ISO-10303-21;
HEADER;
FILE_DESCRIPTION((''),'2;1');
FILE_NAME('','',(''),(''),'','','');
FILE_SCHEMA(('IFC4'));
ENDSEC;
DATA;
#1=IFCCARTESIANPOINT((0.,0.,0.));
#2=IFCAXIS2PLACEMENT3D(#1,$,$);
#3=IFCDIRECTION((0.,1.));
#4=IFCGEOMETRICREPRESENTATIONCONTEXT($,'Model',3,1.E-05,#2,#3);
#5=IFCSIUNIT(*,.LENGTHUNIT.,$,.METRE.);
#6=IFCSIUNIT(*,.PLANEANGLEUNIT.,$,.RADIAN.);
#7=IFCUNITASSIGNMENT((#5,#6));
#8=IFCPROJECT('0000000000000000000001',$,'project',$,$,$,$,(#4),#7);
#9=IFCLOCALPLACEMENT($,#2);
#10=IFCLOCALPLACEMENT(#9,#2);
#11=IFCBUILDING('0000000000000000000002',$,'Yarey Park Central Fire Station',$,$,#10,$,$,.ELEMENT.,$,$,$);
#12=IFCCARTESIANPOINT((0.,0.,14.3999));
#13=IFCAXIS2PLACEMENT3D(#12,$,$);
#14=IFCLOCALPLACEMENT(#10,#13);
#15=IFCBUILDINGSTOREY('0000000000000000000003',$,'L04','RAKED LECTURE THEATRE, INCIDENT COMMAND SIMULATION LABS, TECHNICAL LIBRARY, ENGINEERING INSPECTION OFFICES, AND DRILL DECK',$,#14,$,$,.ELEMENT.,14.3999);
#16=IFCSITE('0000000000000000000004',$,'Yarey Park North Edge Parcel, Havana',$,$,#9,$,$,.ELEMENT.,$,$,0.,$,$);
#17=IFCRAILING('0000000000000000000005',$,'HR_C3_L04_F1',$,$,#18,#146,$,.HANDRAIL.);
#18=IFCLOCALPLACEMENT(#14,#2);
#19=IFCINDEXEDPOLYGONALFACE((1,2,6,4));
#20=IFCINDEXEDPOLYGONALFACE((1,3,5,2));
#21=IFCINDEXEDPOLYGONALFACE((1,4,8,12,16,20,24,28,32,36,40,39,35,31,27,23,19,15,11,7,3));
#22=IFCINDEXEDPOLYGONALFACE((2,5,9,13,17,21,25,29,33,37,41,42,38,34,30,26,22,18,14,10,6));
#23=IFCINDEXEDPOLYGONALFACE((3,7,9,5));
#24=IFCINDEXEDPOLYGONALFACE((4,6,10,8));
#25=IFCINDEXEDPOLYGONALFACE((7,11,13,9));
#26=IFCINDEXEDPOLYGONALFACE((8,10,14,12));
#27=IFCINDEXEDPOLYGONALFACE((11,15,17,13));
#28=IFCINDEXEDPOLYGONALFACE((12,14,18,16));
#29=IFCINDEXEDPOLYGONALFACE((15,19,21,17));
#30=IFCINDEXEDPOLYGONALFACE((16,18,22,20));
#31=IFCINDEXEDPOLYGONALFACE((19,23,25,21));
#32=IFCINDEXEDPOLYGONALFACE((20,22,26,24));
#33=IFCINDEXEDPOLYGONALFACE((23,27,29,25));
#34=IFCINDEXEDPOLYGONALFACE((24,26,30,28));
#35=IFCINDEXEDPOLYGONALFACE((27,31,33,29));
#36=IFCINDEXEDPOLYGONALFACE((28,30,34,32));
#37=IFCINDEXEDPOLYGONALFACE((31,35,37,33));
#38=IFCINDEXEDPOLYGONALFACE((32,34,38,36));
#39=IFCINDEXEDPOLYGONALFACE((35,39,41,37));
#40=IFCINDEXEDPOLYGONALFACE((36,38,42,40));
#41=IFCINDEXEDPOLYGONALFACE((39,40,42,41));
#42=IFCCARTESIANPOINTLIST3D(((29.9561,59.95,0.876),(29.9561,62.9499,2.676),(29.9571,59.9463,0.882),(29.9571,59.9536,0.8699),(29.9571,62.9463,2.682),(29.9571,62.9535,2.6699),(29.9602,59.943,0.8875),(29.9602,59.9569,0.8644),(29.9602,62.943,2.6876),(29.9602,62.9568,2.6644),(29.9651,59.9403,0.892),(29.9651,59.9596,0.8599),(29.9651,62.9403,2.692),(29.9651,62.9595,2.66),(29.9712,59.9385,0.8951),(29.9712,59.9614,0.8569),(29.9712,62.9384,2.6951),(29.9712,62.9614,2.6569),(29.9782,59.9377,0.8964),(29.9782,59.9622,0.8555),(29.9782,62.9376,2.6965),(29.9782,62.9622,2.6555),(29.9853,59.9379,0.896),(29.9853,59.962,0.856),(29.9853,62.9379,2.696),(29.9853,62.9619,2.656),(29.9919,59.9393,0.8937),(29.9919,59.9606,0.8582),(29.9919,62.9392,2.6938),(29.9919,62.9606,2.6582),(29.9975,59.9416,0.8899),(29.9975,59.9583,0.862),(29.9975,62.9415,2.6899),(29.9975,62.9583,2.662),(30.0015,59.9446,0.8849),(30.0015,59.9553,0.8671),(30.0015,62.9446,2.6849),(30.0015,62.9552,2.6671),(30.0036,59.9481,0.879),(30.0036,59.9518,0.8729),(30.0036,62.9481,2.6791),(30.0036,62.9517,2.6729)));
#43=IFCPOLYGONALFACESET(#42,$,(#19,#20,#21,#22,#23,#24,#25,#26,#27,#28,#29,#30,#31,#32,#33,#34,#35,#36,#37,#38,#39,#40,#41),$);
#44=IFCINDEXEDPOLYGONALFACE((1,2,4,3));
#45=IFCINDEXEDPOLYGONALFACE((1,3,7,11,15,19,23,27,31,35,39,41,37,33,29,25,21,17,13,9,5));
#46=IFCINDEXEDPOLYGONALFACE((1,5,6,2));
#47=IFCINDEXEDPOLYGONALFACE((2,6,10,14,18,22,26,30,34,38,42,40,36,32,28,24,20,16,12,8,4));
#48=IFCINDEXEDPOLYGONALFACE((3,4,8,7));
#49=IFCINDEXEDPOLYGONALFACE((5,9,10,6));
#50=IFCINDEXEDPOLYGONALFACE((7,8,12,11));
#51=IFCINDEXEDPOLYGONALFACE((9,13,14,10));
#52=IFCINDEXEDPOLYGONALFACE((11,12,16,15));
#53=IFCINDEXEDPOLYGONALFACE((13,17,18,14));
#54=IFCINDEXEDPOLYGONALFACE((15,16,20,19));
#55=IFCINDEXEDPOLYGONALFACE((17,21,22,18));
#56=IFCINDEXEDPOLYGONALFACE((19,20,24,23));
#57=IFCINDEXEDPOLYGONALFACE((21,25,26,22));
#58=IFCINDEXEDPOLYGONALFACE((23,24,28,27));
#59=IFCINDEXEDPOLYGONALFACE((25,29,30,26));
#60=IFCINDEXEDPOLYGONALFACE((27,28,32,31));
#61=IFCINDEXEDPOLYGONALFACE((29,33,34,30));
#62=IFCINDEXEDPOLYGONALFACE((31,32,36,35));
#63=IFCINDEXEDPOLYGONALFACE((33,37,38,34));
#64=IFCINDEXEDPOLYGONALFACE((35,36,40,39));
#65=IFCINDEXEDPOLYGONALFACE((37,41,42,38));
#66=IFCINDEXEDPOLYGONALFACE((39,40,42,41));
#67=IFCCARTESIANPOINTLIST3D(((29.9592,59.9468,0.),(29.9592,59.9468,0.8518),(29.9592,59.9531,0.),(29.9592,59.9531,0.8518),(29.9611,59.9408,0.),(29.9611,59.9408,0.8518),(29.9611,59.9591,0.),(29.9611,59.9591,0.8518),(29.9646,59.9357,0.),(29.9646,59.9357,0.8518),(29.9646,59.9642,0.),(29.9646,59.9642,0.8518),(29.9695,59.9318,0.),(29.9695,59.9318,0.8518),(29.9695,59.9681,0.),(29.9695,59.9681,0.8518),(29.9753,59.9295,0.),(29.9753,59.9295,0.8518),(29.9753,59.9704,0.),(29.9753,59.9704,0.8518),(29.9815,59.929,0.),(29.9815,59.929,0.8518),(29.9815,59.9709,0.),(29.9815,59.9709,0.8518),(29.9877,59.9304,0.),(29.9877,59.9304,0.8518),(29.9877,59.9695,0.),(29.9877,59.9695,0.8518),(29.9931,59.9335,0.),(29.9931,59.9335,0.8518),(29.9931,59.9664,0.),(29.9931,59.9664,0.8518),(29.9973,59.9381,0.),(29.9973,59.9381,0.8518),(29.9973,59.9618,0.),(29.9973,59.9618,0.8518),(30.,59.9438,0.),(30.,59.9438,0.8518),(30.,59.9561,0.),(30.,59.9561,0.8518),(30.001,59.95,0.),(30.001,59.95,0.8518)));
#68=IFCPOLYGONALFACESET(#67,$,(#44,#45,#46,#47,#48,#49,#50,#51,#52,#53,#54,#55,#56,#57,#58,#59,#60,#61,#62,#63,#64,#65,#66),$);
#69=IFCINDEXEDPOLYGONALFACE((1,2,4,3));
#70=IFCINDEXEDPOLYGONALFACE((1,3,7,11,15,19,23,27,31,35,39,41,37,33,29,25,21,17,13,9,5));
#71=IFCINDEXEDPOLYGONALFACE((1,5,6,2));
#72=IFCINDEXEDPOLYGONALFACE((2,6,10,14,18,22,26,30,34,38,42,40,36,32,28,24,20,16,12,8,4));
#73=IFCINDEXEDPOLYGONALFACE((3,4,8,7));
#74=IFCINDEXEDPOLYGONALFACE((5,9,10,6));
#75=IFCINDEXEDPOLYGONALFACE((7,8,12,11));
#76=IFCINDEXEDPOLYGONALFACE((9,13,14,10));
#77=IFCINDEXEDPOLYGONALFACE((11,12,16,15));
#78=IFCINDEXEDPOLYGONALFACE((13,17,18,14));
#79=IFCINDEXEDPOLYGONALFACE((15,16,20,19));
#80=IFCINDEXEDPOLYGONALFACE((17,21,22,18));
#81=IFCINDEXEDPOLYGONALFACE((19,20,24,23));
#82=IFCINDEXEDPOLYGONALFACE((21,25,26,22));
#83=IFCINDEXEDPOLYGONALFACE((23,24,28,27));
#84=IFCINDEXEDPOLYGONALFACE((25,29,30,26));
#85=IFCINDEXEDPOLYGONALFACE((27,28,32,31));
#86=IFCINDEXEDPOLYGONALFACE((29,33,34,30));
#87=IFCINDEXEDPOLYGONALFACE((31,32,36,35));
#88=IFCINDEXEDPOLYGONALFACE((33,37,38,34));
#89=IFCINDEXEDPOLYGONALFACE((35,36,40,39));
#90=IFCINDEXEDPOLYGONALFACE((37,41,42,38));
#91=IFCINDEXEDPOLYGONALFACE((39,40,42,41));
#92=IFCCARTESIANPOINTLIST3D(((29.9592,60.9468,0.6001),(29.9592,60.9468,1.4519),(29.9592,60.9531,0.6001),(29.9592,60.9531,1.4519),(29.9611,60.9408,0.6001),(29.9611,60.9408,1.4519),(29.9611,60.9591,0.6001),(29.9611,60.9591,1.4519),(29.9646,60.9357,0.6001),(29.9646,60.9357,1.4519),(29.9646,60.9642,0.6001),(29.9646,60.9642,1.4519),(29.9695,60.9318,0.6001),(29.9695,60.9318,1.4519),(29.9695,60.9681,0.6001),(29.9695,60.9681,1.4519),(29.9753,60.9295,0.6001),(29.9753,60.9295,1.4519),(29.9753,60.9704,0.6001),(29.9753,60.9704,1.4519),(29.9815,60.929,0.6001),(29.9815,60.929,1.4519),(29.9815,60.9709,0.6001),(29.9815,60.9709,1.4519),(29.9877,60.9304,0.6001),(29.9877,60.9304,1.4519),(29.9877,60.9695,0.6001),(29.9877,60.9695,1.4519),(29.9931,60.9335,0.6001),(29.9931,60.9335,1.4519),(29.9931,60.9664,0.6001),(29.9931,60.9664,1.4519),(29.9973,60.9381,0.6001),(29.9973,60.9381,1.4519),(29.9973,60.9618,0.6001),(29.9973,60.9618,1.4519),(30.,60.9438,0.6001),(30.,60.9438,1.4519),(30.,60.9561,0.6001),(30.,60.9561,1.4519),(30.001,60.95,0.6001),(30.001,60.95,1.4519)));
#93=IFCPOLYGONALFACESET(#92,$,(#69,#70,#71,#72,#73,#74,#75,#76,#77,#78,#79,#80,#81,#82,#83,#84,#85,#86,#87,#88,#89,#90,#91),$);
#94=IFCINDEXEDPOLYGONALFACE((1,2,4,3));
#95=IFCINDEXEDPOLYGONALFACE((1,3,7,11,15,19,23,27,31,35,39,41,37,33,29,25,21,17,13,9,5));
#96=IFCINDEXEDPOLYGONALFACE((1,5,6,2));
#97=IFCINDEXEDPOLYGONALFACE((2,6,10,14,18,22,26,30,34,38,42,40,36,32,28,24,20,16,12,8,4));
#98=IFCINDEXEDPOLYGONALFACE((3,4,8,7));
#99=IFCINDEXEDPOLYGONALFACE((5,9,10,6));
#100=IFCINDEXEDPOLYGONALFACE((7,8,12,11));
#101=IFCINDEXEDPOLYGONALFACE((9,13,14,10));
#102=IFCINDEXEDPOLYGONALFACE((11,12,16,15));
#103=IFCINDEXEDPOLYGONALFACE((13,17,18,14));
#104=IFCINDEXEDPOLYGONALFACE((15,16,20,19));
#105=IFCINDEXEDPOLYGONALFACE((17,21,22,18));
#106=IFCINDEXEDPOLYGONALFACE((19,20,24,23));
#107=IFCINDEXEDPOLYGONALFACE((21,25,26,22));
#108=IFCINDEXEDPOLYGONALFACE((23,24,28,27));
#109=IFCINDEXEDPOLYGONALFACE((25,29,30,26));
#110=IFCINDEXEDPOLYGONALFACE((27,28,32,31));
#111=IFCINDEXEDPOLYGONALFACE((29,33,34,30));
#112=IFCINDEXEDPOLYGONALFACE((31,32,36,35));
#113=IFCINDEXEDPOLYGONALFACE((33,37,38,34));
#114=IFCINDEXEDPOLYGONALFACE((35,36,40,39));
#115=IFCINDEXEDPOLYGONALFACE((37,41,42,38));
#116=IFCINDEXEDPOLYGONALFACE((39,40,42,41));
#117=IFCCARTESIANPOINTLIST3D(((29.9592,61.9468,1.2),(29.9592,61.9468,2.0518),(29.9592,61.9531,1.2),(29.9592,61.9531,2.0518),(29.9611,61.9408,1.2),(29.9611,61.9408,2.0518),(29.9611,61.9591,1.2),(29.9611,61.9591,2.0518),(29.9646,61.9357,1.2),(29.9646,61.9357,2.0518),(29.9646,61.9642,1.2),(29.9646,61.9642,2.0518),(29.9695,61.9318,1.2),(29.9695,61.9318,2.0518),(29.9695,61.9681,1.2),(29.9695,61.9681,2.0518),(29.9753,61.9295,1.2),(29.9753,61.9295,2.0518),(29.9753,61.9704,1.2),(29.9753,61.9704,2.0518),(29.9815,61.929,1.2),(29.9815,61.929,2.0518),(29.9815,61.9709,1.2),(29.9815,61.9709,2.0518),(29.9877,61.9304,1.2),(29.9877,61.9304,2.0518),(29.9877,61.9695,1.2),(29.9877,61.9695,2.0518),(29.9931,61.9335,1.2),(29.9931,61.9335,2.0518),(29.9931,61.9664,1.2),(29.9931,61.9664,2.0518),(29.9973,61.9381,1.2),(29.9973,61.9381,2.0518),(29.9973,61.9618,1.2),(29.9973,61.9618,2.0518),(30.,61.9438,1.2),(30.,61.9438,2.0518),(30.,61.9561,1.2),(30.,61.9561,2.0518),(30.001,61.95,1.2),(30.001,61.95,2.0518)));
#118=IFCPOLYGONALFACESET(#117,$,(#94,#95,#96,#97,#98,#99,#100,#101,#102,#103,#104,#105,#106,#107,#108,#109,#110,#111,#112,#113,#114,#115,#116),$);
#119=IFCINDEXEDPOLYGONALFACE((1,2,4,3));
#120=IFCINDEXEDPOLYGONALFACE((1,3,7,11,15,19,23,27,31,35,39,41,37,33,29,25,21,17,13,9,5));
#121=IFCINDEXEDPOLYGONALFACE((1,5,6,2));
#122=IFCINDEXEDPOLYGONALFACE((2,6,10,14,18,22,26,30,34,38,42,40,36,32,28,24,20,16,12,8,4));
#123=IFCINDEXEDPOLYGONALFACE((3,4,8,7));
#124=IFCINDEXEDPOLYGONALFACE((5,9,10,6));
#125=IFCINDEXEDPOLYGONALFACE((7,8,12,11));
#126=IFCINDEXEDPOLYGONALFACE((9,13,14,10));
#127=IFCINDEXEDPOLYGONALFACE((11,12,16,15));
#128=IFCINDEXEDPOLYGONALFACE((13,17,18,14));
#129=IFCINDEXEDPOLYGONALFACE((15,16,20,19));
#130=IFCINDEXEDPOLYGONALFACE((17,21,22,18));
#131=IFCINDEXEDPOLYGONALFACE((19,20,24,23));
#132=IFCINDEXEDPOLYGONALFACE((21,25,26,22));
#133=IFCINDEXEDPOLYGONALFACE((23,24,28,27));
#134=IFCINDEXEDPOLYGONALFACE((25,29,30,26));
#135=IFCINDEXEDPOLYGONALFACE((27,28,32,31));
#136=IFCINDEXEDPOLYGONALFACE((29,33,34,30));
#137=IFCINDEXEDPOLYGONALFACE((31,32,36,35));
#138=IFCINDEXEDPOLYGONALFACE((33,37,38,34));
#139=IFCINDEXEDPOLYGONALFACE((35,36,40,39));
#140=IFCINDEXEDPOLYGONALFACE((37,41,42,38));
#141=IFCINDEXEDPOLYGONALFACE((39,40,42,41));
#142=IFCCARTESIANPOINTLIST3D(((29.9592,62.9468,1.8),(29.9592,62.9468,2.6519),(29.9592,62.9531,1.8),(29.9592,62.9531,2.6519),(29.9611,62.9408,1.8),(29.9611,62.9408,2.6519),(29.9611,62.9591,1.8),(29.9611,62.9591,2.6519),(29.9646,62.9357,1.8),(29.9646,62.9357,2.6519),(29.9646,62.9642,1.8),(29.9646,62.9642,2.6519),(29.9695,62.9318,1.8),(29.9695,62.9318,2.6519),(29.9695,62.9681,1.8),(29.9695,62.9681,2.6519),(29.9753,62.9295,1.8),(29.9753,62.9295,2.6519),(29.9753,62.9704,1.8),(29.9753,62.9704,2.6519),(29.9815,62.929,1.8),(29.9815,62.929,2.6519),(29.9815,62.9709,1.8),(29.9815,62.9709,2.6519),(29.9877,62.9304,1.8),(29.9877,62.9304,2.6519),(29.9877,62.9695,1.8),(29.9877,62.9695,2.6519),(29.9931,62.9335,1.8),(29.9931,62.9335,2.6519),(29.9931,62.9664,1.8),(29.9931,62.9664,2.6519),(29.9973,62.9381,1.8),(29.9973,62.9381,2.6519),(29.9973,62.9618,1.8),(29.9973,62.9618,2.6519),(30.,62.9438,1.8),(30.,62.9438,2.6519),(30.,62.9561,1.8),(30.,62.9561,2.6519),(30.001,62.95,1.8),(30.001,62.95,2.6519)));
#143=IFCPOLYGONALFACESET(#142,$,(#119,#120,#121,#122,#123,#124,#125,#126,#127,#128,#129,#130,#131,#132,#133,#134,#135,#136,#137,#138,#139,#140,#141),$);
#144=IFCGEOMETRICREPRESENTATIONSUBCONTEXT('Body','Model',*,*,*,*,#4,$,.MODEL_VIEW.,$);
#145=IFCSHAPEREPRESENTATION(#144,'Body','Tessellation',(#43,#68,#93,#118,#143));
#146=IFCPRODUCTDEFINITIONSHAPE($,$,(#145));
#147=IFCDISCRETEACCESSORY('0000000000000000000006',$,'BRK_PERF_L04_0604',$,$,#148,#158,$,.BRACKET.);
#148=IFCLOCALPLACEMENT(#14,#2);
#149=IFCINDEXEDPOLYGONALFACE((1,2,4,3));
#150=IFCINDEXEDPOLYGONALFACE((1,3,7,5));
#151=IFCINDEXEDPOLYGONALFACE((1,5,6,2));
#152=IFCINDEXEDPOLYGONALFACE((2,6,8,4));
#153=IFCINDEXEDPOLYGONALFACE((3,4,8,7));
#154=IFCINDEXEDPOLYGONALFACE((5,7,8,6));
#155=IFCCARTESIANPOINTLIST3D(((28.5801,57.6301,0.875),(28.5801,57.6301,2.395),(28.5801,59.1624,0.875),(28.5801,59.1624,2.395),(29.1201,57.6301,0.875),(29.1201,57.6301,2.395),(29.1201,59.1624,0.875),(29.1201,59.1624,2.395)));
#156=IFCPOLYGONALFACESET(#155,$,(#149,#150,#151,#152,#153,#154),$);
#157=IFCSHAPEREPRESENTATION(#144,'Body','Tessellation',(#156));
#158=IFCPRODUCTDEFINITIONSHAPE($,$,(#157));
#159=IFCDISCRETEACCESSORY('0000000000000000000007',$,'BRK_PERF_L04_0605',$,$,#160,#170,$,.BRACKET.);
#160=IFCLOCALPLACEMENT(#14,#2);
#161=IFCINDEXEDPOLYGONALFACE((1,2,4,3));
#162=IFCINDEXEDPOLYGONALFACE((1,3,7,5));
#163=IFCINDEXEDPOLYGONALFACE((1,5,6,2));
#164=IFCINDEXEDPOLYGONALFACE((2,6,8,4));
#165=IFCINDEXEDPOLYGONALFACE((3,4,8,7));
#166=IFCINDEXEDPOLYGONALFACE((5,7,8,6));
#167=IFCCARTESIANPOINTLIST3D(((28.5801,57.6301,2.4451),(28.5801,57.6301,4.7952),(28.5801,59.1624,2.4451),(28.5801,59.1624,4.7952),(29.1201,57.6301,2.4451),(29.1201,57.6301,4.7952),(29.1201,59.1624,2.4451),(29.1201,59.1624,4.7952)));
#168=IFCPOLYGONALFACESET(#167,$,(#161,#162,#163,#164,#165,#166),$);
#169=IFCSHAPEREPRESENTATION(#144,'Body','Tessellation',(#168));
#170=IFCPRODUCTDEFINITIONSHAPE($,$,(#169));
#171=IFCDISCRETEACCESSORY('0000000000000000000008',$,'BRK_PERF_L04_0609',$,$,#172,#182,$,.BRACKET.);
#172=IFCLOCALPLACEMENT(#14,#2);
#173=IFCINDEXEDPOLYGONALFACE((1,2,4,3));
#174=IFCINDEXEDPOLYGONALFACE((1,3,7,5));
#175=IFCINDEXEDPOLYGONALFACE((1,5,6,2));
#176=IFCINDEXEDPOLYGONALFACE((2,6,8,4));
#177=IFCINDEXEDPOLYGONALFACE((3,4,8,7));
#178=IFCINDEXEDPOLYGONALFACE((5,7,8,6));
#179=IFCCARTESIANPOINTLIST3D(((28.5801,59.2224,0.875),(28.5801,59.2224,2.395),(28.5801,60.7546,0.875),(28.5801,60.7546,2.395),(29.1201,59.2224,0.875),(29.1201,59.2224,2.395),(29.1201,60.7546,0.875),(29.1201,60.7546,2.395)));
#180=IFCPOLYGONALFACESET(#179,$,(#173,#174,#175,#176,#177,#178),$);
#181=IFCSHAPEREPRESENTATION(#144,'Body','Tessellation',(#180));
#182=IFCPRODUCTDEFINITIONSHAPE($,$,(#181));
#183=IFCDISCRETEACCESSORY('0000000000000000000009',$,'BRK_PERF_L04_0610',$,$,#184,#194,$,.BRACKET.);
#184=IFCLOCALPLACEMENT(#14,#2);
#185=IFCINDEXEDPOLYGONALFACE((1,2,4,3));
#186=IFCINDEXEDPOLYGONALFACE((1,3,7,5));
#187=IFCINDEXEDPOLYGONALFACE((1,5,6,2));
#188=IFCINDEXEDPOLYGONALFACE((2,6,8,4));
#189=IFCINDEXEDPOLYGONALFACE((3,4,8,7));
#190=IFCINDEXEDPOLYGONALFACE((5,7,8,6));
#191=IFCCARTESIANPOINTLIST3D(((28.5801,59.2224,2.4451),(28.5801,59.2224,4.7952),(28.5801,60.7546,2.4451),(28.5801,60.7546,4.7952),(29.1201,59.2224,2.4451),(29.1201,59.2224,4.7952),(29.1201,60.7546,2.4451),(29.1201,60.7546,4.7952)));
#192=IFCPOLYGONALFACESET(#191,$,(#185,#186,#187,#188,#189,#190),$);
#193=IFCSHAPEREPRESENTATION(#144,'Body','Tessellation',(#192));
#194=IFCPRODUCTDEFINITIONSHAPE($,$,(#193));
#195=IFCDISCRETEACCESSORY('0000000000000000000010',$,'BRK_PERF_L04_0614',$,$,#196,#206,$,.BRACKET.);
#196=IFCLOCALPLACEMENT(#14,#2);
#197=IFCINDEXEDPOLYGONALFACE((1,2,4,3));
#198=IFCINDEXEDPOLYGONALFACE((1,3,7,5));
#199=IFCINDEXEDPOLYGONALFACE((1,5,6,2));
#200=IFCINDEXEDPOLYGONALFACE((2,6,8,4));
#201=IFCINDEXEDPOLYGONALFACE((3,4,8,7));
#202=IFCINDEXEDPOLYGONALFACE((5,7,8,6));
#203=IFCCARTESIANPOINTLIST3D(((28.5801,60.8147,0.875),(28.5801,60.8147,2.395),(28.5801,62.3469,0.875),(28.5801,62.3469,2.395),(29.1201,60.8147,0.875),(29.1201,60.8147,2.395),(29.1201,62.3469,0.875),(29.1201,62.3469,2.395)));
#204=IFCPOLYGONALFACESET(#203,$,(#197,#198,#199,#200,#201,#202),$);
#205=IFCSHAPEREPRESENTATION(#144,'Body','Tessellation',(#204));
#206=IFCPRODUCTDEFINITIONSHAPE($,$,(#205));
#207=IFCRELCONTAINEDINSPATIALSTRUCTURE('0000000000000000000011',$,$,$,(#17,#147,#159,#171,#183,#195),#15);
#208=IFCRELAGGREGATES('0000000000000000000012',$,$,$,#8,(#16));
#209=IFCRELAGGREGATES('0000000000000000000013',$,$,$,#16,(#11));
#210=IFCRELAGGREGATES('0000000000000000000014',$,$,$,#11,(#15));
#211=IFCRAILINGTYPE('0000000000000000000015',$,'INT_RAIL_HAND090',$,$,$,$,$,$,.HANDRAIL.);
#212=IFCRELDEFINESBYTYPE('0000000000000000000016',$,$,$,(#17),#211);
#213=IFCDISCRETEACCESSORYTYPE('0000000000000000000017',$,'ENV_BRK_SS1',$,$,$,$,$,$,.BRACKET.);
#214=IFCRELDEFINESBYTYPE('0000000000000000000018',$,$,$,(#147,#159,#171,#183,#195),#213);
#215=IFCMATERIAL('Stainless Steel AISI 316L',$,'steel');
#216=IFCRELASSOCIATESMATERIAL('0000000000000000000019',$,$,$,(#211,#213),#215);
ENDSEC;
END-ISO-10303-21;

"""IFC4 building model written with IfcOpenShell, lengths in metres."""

from ifc_helpers import new_model, si_unit, direction, frame, origin, origin_2d, place, context, subcontext, project, spatial, rectangle, circle, extrude, material, type_object, element, save


model = new_model("IFC4")

# Units and contexts
model_context = context("Model", 3, precision=1e-05, world=origin(), true_north=direction((0.0, 1.0)))
body_context = subcontext(model_context, "Body", "Model", "MODEL_VIEW")
ifc_project = project(units=[si_unit("LENGTHUNIT", "METRE"), si_unit("PLANEANGLEUNIT", "RADIAN")], contexts=[model_context])

# Site, building, storey
site_placement = place(None, origin())
site = spatial("IfcSite", under=ifc_project, at=site_placement, Name="Yarey Park North Edge Parcel, Havana", CompositionType="ELEMENT", RefElevation=0.0)
building_placement = place(site_placement, origin())
building = spatial("IfcBuilding", under=site, at=building_placement, Name="Yarey Park Central Fire Station", CompositionType="ELEMENT")
storey_placement = place(building_placement, frame((0.0, 0.0, 14.3999)))
storey = spatial("IfcBuildingStorey", under=building, at=storey_placement, Name="L04", Description="RAKED LECTURE THEATRE, INCIDENT COMMAND SIMULATION LABS, TECHNICAL LIBRARY, ENGINEERING INSPECTION OFFICES, AND DRILL DECK", CompositionType="ELEMENT", Elevation=14.3999)

# Railing
ifc_material_1 = material(Name="Stainless Steel AISI 316L", Category="steel")
railing_type_1 = type_object("IfcRailingType", Name="INT_RAIL_HAND090", PredefinedType="HANDRAIL", material=ifc_material_1)
railing_1_placement = place(storey_placement, frame((29.98, 59.95, 0.0)))
element("IfcRailing", 1, at=railing_1_placement, inside=storey, type_object=railing_type_1, Name="HR_C3_L04_F1", PredefinedType="HANDRAIL", context=body_context, shape_type="SweptSolid", body=[
    extrude(circle(Radius=0.0239, at=origin_2d()), frame((0.0, 0.0, 0.876), z_axis=(0.0, 0.857487, 0.514506), x_axis=(-1.0, 0.0, 0.0)), (0.0, 0.0, 1.0), 3.4985),
    extrude(circle(Radius=0.021, at=origin_2d()), origin(), (0.0, 0.0, 1.0), 0.8518),
    extrude(circle(Radius=0.021, at=origin_2d()), frame((0.0, 1.0, 0.6001)), (0.0, 0.0, 1.0), 0.8518),
    extrude(circle(Radius=0.021, at=origin_2d()), frame((0.0, 2.0, 1.2)), (0.0, 0.0, 1.0), 0.8518),
    extrude(circle(Radius=0.021, at=origin_2d()), frame((0.0, 3.0, 1.8)), (0.0, 0.0, 1.0), 0.8518),
])

# Discrete accessories
discrete_accessory_type = type_object("IfcDiscreteAccessoryType", Name="ENV_BRK_SS1", PredefinedType="BRACKET", material=ifc_material_1)
discrete_accessory_1_placement = place(storey_placement, frame((28.8501, 58.3962, 0.875), z_axis=(0.0, 0.0, 1.0), x_axis=(1.0, 0.0, 0.0)))
element("IfcDiscreteAccessory", 2, at=discrete_accessory_1_placement, inside=storey, type_object=discrete_accessory_type, Name="BRK_PERF_L04_0604", PredefinedType="BRACKET", context=body_context, shape_type="SweptSolid", body=[
    extrude(rectangle(XDim=0.54, YDim=1.5322, at=origin_2d()), origin(), (0.0, 0.0, 1.0), 1.52),
])
discrete_accessory_2_placement = place(storey_placement, frame((28.8501, 58.3962, 2.4451), z_axis=(0.0, 0.0, 1.0), x_axis=(1.0, 0.0, 0.0)))
element("IfcDiscreteAccessory", 3, at=discrete_accessory_2_placement, inside=storey, type_object=discrete_accessory_type, Name="BRK_PERF_L04_0605", PredefinedType="BRACKET", context=body_context, shape_type="SweptSolid", body=[
    extrude(rectangle(XDim=0.54, YDim=1.5322, at=origin_2d()), origin(), (0.0, 0.0, 1.0), 2.3501),
])
discrete_accessory_3_placement = place(storey_placement, frame((28.8501, 59.9885, 0.875), z_axis=(0.0, 0.0, 1.0), x_axis=(1.0, 0.0, 0.0)))
element("IfcDiscreteAccessory", 4, at=discrete_accessory_3_placement, inside=storey, type_object=discrete_accessory_type, Name="BRK_PERF_L04_0609", PredefinedType="BRACKET", context=body_context, shape_type="SweptSolid", body=[
    extrude(rectangle(XDim=0.54, YDim=1.5322, at=origin_2d()), origin(), (0.0, 0.0, 1.0), 1.52),
])
discrete_accessory_4_placement = place(storey_placement, frame((28.8501, 59.9885, 2.4451), z_axis=(0.0, 0.0, 1.0), x_axis=(1.0, 0.0, 0.0)))
element("IfcDiscreteAccessory", 5, at=discrete_accessory_4_placement, inside=storey, type_object=discrete_accessory_type, Name="BRK_PERF_L04_0610", PredefinedType="BRACKET", context=body_context, shape_type="SweptSolid", body=[
    extrude(rectangle(XDim=0.54, YDim=1.5322, at=origin_2d()), origin(), (0.0, 0.0, 1.0), 2.3501),
])
discrete_accessory_5_placement = place(storey_placement, frame((28.8501, 61.5808, 0.875), z_axis=(0.0, 0.0, 1.0), x_axis=(1.0, 0.0, 0.0)))
element("IfcDiscreteAccessory", 6, at=discrete_accessory_5_placement, inside=storey, type_object=discrete_accessory_type, Name="BRK_PERF_L04_0614", PredefinedType="BRACKET", context=body_context, shape_type="SweptSolid", body=[
    extrude(rectangle(XDim=0.54, YDim=1.5322, at=origin_2d()), origin(), (0.0, 0.0, 1.0), 1.52),
])

save(model, "model.ifc")
